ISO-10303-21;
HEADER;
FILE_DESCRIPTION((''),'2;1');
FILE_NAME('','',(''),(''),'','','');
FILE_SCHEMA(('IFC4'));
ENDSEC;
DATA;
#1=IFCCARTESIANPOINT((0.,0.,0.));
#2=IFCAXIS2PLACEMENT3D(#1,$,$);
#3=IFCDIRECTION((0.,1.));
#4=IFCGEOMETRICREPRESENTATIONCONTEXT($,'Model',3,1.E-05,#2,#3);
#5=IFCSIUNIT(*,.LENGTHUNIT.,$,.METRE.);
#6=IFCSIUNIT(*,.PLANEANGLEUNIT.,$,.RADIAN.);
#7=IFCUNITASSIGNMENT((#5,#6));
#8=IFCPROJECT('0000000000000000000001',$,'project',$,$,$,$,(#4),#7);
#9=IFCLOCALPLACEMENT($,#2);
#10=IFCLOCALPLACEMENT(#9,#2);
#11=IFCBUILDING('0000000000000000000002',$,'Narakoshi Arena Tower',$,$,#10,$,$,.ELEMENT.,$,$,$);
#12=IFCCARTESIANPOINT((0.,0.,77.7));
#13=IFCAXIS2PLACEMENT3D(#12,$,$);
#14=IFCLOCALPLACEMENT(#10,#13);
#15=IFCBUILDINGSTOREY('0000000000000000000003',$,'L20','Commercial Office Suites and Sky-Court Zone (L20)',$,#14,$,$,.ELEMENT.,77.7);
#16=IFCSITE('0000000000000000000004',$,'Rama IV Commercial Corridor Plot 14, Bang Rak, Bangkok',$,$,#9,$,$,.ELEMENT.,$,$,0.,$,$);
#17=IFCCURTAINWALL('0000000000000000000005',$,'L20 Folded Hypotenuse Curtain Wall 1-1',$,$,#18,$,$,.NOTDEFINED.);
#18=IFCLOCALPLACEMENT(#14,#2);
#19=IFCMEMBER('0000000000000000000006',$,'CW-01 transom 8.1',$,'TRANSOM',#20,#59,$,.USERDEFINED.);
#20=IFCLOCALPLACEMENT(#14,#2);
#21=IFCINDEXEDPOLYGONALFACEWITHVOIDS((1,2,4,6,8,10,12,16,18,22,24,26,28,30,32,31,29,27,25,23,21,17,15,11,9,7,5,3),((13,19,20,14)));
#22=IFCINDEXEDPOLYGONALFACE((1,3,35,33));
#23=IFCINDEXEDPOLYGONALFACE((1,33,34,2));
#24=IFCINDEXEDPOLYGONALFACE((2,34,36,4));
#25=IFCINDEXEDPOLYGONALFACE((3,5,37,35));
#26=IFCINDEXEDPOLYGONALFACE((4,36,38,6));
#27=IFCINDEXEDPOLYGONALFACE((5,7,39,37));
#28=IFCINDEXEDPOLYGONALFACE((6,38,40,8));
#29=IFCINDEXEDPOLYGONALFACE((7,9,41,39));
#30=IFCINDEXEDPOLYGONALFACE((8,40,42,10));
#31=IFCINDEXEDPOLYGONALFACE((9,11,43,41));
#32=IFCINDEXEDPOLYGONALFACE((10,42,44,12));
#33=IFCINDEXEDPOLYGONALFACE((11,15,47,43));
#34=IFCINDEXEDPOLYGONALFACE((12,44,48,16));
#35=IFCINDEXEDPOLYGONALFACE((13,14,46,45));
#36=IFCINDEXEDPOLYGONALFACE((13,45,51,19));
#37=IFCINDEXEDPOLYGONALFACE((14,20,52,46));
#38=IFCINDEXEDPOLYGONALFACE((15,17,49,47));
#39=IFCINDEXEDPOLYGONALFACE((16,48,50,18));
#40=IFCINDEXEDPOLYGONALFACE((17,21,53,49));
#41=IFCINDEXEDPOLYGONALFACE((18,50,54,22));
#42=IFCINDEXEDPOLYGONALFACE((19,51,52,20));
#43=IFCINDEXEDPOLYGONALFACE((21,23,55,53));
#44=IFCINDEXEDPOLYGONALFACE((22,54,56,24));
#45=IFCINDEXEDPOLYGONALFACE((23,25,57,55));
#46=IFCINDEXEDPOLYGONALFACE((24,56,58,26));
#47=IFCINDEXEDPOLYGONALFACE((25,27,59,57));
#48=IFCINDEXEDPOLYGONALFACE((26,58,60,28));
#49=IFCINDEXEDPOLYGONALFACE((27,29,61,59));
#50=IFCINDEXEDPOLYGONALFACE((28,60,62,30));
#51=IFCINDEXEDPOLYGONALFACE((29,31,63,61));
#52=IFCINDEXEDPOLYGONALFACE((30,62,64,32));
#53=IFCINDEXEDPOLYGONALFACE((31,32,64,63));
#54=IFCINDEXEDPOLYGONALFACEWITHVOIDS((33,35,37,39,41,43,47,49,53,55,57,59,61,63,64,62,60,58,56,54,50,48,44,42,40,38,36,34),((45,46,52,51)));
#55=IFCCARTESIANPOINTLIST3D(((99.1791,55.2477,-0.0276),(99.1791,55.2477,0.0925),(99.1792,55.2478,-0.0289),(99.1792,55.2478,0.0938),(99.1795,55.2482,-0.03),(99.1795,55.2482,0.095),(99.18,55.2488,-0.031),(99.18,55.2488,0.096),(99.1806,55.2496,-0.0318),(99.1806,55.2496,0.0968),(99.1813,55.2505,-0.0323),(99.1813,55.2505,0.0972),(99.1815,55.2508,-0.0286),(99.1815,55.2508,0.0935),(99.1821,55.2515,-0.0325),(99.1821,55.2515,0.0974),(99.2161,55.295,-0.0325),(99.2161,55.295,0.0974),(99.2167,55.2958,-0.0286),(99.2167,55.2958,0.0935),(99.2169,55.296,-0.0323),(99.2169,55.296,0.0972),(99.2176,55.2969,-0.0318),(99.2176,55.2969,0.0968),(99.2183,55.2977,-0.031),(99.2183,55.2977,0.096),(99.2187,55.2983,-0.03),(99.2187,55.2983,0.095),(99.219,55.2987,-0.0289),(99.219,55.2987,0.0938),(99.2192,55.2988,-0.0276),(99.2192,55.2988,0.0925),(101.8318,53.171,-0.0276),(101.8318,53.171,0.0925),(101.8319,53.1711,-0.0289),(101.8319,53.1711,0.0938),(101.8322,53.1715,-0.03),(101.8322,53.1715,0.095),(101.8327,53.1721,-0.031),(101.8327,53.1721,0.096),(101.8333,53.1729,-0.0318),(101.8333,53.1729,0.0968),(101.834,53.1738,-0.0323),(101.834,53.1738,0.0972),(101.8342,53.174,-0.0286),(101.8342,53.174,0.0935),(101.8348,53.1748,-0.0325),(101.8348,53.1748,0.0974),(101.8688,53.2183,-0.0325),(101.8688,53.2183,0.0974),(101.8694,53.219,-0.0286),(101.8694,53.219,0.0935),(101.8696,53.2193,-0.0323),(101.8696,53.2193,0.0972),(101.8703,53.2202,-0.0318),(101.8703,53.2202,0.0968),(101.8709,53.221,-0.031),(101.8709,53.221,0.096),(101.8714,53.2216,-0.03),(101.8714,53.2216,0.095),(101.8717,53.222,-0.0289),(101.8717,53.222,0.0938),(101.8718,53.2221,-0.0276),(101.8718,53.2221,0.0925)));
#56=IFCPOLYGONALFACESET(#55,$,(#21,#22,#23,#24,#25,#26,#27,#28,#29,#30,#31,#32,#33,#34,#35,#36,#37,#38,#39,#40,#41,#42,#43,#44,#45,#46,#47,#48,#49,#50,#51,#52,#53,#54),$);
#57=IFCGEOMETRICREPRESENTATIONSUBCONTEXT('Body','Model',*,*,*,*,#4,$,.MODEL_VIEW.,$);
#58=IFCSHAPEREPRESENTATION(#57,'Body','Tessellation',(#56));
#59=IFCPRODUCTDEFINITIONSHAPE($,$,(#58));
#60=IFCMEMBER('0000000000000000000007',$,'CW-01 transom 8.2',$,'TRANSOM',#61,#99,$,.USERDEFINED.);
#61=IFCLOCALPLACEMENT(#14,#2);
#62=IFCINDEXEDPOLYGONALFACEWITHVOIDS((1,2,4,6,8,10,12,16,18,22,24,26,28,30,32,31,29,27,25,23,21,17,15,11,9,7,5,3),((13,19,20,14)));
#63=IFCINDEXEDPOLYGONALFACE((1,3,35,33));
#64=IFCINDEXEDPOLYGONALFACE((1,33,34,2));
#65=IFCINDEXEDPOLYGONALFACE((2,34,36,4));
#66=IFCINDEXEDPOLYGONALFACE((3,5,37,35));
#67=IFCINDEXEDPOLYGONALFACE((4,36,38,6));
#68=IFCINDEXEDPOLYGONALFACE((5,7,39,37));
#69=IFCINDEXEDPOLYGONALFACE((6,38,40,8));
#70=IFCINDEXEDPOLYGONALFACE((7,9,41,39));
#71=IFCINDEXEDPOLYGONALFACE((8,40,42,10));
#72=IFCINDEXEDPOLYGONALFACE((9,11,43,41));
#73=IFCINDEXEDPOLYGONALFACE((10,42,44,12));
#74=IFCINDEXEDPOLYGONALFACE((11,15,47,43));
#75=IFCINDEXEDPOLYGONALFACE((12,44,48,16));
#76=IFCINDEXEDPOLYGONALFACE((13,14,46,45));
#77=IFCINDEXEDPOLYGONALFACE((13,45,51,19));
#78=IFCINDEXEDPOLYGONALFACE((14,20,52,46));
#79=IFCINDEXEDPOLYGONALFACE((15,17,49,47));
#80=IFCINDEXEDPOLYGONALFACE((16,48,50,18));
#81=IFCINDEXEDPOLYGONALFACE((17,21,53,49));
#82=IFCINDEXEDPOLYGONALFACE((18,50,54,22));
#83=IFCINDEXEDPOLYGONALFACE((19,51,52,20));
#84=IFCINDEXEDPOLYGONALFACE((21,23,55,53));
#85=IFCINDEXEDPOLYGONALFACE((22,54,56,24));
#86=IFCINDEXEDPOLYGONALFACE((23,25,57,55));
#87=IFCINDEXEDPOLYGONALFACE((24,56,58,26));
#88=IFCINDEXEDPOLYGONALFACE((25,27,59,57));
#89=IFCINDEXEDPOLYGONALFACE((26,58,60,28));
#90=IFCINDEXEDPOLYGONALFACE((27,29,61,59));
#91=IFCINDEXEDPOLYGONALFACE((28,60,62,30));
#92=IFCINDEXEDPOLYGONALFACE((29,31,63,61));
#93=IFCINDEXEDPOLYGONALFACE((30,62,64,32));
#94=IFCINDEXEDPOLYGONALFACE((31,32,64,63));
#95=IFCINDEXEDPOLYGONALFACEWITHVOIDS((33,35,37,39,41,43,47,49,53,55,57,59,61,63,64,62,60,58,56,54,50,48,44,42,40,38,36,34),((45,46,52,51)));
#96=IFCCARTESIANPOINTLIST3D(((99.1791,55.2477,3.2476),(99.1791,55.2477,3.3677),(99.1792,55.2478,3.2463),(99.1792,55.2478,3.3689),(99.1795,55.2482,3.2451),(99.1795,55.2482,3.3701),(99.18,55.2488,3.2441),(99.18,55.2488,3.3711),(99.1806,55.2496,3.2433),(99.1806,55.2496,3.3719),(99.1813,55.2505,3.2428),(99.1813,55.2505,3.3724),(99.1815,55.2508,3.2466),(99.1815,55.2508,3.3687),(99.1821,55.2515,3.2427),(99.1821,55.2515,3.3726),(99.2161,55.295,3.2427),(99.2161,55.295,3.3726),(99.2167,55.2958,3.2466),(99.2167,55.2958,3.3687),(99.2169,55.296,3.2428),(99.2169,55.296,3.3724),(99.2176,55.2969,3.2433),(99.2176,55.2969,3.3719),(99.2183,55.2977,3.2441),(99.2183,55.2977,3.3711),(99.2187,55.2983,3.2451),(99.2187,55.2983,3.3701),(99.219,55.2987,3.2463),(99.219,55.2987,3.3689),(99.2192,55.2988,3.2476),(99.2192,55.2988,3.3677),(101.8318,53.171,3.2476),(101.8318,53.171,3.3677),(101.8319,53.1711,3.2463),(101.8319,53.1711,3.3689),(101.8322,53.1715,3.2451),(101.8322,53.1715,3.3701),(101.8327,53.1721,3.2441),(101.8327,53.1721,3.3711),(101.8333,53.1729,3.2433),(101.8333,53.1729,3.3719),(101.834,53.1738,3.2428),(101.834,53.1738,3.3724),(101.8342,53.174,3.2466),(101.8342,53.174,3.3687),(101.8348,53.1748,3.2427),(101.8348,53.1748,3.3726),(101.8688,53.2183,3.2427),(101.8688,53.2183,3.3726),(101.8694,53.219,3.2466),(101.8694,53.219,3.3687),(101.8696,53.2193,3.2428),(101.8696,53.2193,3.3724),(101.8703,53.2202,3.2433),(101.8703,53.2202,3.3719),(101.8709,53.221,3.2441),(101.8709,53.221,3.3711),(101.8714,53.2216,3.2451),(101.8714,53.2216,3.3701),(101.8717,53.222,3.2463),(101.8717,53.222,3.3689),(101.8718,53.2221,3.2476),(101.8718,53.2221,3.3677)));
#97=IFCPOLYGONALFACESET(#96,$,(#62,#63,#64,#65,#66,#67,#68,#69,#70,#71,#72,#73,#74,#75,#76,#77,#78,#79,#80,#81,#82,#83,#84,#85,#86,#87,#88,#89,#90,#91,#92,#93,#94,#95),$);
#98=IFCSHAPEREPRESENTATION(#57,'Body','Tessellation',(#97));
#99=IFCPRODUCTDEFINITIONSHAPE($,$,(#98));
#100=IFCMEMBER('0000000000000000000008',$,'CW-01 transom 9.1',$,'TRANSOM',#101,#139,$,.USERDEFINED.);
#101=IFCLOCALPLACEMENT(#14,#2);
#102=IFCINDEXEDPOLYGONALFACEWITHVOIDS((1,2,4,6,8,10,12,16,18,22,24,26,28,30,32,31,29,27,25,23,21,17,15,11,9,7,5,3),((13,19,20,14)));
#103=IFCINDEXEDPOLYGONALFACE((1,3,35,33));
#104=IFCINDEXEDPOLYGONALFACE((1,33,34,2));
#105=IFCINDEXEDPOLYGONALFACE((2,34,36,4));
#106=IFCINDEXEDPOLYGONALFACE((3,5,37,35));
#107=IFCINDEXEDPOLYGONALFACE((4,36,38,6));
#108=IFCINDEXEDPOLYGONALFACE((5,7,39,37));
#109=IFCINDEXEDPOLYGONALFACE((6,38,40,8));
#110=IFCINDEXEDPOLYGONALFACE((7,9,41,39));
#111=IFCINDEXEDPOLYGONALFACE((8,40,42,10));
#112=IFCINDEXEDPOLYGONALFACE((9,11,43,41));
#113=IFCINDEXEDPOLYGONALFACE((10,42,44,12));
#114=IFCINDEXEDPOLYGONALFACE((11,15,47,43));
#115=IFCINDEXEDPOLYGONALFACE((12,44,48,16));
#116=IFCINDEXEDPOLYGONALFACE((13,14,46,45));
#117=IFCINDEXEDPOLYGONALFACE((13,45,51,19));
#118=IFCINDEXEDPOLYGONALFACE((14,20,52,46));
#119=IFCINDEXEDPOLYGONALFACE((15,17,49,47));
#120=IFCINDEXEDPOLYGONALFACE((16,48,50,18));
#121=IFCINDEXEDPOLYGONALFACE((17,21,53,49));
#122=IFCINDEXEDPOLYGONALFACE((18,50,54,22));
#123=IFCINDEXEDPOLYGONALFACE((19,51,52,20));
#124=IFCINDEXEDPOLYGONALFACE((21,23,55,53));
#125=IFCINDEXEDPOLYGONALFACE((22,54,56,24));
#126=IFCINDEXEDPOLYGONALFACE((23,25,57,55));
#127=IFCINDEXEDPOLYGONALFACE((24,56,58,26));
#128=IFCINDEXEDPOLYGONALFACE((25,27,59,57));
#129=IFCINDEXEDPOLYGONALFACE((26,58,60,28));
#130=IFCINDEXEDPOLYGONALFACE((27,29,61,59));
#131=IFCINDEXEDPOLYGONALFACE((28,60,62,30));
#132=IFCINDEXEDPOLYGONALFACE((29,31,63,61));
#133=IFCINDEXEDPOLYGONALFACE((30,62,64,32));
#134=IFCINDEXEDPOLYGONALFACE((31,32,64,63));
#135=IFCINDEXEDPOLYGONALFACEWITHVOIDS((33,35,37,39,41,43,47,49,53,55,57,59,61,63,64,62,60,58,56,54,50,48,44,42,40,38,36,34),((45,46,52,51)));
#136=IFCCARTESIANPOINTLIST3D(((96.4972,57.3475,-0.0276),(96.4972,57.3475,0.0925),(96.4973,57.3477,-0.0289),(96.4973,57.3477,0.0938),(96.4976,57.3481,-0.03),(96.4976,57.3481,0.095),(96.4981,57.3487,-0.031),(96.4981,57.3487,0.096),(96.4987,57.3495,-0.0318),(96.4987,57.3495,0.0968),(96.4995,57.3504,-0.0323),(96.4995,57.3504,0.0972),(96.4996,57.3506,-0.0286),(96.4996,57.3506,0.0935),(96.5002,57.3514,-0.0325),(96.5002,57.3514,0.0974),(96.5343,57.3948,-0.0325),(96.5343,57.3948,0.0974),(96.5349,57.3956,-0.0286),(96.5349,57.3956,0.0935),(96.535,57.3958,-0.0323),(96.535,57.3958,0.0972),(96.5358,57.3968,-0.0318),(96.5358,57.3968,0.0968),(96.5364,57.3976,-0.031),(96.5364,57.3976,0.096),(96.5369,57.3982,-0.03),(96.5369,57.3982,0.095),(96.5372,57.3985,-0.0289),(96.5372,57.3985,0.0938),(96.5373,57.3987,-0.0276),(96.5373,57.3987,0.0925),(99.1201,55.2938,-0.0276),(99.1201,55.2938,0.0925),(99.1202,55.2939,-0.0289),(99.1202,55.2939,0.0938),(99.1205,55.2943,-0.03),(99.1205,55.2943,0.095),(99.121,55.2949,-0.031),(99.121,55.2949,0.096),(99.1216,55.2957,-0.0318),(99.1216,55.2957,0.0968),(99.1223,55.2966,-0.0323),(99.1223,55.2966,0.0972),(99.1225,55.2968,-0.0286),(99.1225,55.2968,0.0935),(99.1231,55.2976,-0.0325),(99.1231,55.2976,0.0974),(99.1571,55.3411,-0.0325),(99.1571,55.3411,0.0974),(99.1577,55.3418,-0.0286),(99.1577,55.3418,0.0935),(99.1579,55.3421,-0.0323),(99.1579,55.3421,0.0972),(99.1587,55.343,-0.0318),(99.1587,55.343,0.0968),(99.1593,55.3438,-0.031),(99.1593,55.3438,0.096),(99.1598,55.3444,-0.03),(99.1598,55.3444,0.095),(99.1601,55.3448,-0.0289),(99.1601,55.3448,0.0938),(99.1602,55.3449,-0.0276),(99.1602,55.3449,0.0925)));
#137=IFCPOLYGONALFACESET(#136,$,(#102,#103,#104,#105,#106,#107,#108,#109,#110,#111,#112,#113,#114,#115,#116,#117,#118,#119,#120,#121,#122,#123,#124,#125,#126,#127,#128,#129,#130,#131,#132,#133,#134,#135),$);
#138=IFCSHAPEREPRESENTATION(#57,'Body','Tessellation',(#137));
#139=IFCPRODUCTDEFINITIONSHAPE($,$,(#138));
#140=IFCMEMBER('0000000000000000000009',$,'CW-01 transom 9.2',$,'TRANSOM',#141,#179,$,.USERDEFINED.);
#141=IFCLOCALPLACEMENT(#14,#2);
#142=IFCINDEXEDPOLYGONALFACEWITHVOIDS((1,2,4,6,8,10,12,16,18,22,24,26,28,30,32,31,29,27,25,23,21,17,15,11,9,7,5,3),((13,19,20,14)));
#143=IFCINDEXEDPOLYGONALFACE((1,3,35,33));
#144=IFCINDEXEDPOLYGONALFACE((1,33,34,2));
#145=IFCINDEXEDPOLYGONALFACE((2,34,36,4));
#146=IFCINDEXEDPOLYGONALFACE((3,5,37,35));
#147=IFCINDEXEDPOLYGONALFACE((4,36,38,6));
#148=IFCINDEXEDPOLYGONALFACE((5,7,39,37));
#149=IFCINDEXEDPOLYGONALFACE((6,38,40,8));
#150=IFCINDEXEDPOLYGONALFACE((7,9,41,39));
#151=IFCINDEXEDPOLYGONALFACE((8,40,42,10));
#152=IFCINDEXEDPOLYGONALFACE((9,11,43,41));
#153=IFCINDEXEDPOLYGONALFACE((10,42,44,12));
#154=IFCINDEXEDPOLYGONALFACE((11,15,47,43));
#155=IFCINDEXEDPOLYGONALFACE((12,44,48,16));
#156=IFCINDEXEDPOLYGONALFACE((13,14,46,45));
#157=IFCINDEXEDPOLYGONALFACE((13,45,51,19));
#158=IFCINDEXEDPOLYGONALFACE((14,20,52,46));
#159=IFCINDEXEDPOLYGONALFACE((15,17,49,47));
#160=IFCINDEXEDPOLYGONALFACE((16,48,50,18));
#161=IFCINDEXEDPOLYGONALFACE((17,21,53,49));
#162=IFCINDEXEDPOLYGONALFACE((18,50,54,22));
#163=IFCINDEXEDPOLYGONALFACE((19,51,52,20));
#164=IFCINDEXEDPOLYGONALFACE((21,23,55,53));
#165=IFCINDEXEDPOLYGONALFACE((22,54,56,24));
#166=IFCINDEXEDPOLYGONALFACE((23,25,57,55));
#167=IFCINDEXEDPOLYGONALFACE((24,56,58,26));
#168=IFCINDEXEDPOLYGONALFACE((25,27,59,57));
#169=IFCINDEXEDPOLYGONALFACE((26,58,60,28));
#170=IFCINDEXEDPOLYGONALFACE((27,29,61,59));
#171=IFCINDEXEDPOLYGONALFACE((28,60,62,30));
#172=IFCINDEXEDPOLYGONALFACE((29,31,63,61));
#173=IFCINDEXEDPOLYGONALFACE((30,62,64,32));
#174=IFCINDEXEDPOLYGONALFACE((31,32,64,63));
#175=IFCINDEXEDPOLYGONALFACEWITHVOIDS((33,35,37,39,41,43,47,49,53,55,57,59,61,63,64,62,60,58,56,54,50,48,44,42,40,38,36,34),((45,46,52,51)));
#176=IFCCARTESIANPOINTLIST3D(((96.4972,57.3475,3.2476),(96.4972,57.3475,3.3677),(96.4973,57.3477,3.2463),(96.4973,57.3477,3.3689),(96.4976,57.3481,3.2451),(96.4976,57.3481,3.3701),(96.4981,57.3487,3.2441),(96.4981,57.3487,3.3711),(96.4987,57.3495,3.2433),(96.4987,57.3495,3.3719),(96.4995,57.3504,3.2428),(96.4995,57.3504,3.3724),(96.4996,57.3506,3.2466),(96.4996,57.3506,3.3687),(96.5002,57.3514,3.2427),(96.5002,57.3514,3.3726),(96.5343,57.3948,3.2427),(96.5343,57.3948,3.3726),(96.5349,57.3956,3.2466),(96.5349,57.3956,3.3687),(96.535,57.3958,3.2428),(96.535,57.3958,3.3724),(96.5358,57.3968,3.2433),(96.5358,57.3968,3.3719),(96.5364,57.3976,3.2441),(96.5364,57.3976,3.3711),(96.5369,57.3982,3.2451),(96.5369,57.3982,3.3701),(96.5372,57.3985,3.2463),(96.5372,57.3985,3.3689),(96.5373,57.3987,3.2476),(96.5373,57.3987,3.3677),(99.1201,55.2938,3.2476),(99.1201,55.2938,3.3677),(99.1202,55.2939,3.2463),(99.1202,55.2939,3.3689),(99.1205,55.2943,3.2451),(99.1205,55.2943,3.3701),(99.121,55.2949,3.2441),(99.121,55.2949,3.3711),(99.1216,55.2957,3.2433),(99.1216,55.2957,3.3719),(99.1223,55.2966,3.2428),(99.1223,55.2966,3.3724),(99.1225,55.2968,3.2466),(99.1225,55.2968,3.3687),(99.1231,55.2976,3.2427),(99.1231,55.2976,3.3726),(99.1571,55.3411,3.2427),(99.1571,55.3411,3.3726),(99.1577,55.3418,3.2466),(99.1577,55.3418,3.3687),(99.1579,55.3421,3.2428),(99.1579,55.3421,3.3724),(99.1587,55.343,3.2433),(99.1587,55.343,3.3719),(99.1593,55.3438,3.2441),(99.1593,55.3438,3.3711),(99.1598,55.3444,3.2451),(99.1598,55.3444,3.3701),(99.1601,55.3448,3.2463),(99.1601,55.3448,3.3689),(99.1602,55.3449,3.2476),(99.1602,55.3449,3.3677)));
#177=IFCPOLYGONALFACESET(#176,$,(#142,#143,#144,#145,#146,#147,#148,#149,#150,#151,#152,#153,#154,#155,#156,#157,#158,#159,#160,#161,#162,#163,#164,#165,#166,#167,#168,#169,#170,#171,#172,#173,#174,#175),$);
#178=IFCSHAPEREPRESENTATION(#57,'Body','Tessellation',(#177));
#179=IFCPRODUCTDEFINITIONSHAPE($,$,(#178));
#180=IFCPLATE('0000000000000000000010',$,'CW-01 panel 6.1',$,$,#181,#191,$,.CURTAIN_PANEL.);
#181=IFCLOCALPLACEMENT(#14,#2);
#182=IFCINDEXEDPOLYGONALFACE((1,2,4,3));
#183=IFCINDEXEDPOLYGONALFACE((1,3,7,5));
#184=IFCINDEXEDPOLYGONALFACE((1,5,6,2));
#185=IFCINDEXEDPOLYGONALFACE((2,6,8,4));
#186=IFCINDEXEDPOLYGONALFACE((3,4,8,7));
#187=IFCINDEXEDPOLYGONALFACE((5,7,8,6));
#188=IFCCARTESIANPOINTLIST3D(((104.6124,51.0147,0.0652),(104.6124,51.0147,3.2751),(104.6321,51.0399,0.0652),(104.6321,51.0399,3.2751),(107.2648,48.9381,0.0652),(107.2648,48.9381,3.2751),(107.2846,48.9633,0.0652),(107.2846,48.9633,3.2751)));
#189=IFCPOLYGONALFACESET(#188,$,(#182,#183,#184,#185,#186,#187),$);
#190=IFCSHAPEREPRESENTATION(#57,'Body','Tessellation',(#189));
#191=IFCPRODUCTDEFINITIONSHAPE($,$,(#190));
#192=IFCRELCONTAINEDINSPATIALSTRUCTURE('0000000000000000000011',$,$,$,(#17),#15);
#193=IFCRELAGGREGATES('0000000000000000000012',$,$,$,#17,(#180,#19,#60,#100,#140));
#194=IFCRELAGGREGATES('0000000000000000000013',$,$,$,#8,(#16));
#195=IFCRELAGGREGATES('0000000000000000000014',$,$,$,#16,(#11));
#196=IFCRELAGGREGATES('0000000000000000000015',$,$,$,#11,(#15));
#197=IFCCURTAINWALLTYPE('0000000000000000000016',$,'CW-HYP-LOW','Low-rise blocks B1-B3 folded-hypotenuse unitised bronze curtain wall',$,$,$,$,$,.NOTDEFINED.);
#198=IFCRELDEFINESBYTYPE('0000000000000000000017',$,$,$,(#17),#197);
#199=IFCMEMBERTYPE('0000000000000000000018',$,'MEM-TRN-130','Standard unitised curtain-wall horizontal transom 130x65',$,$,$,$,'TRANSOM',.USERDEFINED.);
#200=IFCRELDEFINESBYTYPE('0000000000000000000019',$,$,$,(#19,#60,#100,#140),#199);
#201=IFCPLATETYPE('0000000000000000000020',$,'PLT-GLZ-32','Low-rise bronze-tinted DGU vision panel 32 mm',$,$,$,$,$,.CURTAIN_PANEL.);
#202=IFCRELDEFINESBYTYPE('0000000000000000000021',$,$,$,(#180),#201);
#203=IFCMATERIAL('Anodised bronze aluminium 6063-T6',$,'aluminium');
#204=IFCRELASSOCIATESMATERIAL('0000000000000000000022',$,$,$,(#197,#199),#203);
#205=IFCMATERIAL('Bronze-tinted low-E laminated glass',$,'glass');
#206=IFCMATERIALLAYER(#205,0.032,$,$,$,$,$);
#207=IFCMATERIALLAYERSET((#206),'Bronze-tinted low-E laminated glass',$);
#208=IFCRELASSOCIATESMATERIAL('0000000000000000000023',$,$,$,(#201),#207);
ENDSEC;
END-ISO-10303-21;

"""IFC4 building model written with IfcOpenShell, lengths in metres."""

from ifc_helpers import new_model, si_unit, direction, frame, origin, origin_2d, place, context, subcontext, project, spatial, rectangle, hollow_rectangle, extrude, material, layer, layer_set, material_profile, profile_set, type_object, element, aggregate, save


model = new_model("IFC4")

# Units and contexts
model_context = context("Model", 3, precision=1e-05, world=origin(), true_north=direction((0.0, 1.0)))
body_context = subcontext(model_context, "Body", "Model", "MODEL_VIEW")
ifc_project = project(units=[si_unit("LENGTHUNIT", "METRE"), si_unit("PLANEANGLEUNIT", "RADIAN")], contexts=[model_context])

# Site, building, storey
site_placement = place(None, origin())
site = spatial("IfcSite", under=ifc_project, at=site_placement, Name="Rama IV Commercial Corridor Plot 14, Bang Rak, Bangkok", CompositionType="ELEMENT", RefElevation=0.0)
building_placement = place(site_placement, origin())
building = spatial("IfcBuilding", under=site, at=building_placement, Name="Narakoshi Arena Tower", CompositionType="ELEMENT")
storey_placement = place(building_placement, frame((0.0, 0.0, 77.7)))
storey = spatial("IfcBuildingStorey", under=building, at=storey_placement, Name="L20", Description="Commercial Office Suites and Sky-Court Zone (L20)", CompositionType="ELEMENT", Elevation=77.7)

# Curtain wall, members, plate
ifc_material_1 = material(Name="Anodised bronze aluminium 6063-T6", Category="aluminium")
curtain_wall_type = type_object("IfcCurtainWallType", Name="CW-HYP-LOW", Description="Low-rise blocks B1-B3 folded-hypotenuse unitised bronze curtain wall", PredefinedType="NOTDEFINED", material=ifc_material_1)
curtain_wall_placement = place(storey_placement, origin())
curtain_wall = element("IfcCurtainWall", 1, at=curtain_wall_placement, inside=storey, type_object=curtain_wall_type, Name="L20 Folded Hypotenuse Curtain Wall 1-1", PredefinedType="NOTDEFINED")
ifc_material_profile_1 = material_profile(ifc_material_1, hollow_rectangle(XDim=0.0649, YDim=0.1299, WallThickness=0.0039, OuterFilletRadius=0.0049, at=origin_2d()), Name="TRN130x65x4")
ifc_profile_set_1 = profile_set([ifc_material_profile_1], Name="Anodised bronze aluminium 6063-T6")
member_type_1 = type_object("IfcMemberType", Name="MEM-TRN-130", Description="Standard unitised curtain-wall horizontal transom 130x65", ElementType="TRANSOM", PredefinedType="USERDEFINED", material=ifc_profile_set_1)
member_1_placement = place(storey_placement, frame((101.8518, 53.1965, 0.0325), z_axis=(-0.787401, 0.616441, 0.0), x_axis=(-0.616441, -0.787401, 0.0)))
member_1 = element("IfcMember", 2, at=member_1_placement, type_object=member_type_1, Name="CW-01 transom 8.1", ObjectType="TRANSOM", PredefinedType="USERDEFINED", context=body_context, shape_type="SweptSolid", body=[
    extrude(hollow_rectangle(XDim=0.0649, YDim=0.1299, WallThickness=0.0039, OuterFilletRadius=0.0049, at=origin_2d()), origin(), (0.0, 0.0, 1.0), 3.3689),
])
member_2_placement = place(storey_placement, frame((101.8518, 53.1965, 3.3076), z_axis=(-0.787401, 0.616441, 0.0), x_axis=(-0.616441, -0.787401, 0.0)))
member_2 = element("IfcMember", 3, at=member_2_placement, type_object=member_type_1, Name="CW-01 transom 8.2", ObjectType="TRANSOM", PredefinedType="USERDEFINED", context=body_context, shape_type="SweptSolid", body=[
    extrude(hollow_rectangle(XDim=0.0649, YDim=0.1299, WallThickness=0.0039, OuterFilletRadius=0.0049, at=origin_2d()), origin(), (0.0, 0.0, 1.0), 3.3689),
])
member_3_placement = place(storey_placement, frame((99.1401, 55.3193, 0.0325), z_axis=(-0.787347, 0.61651, 0.0), x_axis=(-0.61651, -0.787347, 0.0)))
member_3 = element("IfcMember", 4, at=member_3_placement, type_object=member_type_1, Name="CW-01 transom 9.1", ObjectType="TRANSOM", PredefinedType="USERDEFINED", context=body_context, shape_type="SweptSolid", body=[
    extrude(hollow_rectangle(XDim=0.0649, YDim=0.1299, WallThickness=0.0039, OuterFilletRadius=0.0049, at=origin_2d()), origin(), (0.0, 0.0, 1.0), 3.3313),
])
member_4_placement = place(storey_placement, frame((99.1401, 55.3193, 3.3076), z_axis=(-0.787347, 0.61651, 0.0), x_axis=(-0.61651, -0.787347, 0.0)))
member_4 = element("IfcMember", 5, at=member_4_placement, type_object=member_type_1, Name="CW-01 transom 9.2", ObjectType="TRANSOM", PredefinedType="USERDEFINED", context=body_context, shape_type="SweptSolid", body=[
    extrude(hollow_rectangle(XDim=0.0649, YDim=0.1299, WallThickness=0.0039, OuterFilletRadius=0.0049, at=origin_2d()), origin(), (0.0, 0.0, 1.0), 3.3313),
])
ifc_material_2 = material(Name="Bronze-tinted low-E laminated glass", Category="glass")
ifc_layer_1 = layer(ifc_material_2, 0.032)
ifc_layer_set_1 = layer_set([ifc_layer_1], Name="Bronze-tinted low-E laminated glass")
plate_type = type_object("IfcPlateType", Name="PLT-GLZ-32", Description="Low-rise bronze-tinted DGU vision panel 32 mm", PredefinedType="CURTAIN_PANEL", material=ifc_layer_set_1)
plate_1_placement = place(storey_placement, frame((105.9485, 49.989, 0.0652), z_axis=(0.0, 0.0, 1.0), x_axis=(-0.787388, 0.616458, 0.0)))
plate_1 = element("IfcPlate", 6, at=plate_1_placement, type_object=plate_type, Name="CW-01 panel 6.1", PredefinedType="CURTAIN_PANEL", context=body_context, shape_type="SweptSolid", body=[
    extrude(rectangle(XDim=3.3687, YDim=0.032, at=origin_2d()), origin(), (0.0, 0.0, 1.0), 3.21),
])
aggregate(curtain_wall, [plate_1, member_1, member_2, member_3, member_4])

save(model, "model.ifc")
